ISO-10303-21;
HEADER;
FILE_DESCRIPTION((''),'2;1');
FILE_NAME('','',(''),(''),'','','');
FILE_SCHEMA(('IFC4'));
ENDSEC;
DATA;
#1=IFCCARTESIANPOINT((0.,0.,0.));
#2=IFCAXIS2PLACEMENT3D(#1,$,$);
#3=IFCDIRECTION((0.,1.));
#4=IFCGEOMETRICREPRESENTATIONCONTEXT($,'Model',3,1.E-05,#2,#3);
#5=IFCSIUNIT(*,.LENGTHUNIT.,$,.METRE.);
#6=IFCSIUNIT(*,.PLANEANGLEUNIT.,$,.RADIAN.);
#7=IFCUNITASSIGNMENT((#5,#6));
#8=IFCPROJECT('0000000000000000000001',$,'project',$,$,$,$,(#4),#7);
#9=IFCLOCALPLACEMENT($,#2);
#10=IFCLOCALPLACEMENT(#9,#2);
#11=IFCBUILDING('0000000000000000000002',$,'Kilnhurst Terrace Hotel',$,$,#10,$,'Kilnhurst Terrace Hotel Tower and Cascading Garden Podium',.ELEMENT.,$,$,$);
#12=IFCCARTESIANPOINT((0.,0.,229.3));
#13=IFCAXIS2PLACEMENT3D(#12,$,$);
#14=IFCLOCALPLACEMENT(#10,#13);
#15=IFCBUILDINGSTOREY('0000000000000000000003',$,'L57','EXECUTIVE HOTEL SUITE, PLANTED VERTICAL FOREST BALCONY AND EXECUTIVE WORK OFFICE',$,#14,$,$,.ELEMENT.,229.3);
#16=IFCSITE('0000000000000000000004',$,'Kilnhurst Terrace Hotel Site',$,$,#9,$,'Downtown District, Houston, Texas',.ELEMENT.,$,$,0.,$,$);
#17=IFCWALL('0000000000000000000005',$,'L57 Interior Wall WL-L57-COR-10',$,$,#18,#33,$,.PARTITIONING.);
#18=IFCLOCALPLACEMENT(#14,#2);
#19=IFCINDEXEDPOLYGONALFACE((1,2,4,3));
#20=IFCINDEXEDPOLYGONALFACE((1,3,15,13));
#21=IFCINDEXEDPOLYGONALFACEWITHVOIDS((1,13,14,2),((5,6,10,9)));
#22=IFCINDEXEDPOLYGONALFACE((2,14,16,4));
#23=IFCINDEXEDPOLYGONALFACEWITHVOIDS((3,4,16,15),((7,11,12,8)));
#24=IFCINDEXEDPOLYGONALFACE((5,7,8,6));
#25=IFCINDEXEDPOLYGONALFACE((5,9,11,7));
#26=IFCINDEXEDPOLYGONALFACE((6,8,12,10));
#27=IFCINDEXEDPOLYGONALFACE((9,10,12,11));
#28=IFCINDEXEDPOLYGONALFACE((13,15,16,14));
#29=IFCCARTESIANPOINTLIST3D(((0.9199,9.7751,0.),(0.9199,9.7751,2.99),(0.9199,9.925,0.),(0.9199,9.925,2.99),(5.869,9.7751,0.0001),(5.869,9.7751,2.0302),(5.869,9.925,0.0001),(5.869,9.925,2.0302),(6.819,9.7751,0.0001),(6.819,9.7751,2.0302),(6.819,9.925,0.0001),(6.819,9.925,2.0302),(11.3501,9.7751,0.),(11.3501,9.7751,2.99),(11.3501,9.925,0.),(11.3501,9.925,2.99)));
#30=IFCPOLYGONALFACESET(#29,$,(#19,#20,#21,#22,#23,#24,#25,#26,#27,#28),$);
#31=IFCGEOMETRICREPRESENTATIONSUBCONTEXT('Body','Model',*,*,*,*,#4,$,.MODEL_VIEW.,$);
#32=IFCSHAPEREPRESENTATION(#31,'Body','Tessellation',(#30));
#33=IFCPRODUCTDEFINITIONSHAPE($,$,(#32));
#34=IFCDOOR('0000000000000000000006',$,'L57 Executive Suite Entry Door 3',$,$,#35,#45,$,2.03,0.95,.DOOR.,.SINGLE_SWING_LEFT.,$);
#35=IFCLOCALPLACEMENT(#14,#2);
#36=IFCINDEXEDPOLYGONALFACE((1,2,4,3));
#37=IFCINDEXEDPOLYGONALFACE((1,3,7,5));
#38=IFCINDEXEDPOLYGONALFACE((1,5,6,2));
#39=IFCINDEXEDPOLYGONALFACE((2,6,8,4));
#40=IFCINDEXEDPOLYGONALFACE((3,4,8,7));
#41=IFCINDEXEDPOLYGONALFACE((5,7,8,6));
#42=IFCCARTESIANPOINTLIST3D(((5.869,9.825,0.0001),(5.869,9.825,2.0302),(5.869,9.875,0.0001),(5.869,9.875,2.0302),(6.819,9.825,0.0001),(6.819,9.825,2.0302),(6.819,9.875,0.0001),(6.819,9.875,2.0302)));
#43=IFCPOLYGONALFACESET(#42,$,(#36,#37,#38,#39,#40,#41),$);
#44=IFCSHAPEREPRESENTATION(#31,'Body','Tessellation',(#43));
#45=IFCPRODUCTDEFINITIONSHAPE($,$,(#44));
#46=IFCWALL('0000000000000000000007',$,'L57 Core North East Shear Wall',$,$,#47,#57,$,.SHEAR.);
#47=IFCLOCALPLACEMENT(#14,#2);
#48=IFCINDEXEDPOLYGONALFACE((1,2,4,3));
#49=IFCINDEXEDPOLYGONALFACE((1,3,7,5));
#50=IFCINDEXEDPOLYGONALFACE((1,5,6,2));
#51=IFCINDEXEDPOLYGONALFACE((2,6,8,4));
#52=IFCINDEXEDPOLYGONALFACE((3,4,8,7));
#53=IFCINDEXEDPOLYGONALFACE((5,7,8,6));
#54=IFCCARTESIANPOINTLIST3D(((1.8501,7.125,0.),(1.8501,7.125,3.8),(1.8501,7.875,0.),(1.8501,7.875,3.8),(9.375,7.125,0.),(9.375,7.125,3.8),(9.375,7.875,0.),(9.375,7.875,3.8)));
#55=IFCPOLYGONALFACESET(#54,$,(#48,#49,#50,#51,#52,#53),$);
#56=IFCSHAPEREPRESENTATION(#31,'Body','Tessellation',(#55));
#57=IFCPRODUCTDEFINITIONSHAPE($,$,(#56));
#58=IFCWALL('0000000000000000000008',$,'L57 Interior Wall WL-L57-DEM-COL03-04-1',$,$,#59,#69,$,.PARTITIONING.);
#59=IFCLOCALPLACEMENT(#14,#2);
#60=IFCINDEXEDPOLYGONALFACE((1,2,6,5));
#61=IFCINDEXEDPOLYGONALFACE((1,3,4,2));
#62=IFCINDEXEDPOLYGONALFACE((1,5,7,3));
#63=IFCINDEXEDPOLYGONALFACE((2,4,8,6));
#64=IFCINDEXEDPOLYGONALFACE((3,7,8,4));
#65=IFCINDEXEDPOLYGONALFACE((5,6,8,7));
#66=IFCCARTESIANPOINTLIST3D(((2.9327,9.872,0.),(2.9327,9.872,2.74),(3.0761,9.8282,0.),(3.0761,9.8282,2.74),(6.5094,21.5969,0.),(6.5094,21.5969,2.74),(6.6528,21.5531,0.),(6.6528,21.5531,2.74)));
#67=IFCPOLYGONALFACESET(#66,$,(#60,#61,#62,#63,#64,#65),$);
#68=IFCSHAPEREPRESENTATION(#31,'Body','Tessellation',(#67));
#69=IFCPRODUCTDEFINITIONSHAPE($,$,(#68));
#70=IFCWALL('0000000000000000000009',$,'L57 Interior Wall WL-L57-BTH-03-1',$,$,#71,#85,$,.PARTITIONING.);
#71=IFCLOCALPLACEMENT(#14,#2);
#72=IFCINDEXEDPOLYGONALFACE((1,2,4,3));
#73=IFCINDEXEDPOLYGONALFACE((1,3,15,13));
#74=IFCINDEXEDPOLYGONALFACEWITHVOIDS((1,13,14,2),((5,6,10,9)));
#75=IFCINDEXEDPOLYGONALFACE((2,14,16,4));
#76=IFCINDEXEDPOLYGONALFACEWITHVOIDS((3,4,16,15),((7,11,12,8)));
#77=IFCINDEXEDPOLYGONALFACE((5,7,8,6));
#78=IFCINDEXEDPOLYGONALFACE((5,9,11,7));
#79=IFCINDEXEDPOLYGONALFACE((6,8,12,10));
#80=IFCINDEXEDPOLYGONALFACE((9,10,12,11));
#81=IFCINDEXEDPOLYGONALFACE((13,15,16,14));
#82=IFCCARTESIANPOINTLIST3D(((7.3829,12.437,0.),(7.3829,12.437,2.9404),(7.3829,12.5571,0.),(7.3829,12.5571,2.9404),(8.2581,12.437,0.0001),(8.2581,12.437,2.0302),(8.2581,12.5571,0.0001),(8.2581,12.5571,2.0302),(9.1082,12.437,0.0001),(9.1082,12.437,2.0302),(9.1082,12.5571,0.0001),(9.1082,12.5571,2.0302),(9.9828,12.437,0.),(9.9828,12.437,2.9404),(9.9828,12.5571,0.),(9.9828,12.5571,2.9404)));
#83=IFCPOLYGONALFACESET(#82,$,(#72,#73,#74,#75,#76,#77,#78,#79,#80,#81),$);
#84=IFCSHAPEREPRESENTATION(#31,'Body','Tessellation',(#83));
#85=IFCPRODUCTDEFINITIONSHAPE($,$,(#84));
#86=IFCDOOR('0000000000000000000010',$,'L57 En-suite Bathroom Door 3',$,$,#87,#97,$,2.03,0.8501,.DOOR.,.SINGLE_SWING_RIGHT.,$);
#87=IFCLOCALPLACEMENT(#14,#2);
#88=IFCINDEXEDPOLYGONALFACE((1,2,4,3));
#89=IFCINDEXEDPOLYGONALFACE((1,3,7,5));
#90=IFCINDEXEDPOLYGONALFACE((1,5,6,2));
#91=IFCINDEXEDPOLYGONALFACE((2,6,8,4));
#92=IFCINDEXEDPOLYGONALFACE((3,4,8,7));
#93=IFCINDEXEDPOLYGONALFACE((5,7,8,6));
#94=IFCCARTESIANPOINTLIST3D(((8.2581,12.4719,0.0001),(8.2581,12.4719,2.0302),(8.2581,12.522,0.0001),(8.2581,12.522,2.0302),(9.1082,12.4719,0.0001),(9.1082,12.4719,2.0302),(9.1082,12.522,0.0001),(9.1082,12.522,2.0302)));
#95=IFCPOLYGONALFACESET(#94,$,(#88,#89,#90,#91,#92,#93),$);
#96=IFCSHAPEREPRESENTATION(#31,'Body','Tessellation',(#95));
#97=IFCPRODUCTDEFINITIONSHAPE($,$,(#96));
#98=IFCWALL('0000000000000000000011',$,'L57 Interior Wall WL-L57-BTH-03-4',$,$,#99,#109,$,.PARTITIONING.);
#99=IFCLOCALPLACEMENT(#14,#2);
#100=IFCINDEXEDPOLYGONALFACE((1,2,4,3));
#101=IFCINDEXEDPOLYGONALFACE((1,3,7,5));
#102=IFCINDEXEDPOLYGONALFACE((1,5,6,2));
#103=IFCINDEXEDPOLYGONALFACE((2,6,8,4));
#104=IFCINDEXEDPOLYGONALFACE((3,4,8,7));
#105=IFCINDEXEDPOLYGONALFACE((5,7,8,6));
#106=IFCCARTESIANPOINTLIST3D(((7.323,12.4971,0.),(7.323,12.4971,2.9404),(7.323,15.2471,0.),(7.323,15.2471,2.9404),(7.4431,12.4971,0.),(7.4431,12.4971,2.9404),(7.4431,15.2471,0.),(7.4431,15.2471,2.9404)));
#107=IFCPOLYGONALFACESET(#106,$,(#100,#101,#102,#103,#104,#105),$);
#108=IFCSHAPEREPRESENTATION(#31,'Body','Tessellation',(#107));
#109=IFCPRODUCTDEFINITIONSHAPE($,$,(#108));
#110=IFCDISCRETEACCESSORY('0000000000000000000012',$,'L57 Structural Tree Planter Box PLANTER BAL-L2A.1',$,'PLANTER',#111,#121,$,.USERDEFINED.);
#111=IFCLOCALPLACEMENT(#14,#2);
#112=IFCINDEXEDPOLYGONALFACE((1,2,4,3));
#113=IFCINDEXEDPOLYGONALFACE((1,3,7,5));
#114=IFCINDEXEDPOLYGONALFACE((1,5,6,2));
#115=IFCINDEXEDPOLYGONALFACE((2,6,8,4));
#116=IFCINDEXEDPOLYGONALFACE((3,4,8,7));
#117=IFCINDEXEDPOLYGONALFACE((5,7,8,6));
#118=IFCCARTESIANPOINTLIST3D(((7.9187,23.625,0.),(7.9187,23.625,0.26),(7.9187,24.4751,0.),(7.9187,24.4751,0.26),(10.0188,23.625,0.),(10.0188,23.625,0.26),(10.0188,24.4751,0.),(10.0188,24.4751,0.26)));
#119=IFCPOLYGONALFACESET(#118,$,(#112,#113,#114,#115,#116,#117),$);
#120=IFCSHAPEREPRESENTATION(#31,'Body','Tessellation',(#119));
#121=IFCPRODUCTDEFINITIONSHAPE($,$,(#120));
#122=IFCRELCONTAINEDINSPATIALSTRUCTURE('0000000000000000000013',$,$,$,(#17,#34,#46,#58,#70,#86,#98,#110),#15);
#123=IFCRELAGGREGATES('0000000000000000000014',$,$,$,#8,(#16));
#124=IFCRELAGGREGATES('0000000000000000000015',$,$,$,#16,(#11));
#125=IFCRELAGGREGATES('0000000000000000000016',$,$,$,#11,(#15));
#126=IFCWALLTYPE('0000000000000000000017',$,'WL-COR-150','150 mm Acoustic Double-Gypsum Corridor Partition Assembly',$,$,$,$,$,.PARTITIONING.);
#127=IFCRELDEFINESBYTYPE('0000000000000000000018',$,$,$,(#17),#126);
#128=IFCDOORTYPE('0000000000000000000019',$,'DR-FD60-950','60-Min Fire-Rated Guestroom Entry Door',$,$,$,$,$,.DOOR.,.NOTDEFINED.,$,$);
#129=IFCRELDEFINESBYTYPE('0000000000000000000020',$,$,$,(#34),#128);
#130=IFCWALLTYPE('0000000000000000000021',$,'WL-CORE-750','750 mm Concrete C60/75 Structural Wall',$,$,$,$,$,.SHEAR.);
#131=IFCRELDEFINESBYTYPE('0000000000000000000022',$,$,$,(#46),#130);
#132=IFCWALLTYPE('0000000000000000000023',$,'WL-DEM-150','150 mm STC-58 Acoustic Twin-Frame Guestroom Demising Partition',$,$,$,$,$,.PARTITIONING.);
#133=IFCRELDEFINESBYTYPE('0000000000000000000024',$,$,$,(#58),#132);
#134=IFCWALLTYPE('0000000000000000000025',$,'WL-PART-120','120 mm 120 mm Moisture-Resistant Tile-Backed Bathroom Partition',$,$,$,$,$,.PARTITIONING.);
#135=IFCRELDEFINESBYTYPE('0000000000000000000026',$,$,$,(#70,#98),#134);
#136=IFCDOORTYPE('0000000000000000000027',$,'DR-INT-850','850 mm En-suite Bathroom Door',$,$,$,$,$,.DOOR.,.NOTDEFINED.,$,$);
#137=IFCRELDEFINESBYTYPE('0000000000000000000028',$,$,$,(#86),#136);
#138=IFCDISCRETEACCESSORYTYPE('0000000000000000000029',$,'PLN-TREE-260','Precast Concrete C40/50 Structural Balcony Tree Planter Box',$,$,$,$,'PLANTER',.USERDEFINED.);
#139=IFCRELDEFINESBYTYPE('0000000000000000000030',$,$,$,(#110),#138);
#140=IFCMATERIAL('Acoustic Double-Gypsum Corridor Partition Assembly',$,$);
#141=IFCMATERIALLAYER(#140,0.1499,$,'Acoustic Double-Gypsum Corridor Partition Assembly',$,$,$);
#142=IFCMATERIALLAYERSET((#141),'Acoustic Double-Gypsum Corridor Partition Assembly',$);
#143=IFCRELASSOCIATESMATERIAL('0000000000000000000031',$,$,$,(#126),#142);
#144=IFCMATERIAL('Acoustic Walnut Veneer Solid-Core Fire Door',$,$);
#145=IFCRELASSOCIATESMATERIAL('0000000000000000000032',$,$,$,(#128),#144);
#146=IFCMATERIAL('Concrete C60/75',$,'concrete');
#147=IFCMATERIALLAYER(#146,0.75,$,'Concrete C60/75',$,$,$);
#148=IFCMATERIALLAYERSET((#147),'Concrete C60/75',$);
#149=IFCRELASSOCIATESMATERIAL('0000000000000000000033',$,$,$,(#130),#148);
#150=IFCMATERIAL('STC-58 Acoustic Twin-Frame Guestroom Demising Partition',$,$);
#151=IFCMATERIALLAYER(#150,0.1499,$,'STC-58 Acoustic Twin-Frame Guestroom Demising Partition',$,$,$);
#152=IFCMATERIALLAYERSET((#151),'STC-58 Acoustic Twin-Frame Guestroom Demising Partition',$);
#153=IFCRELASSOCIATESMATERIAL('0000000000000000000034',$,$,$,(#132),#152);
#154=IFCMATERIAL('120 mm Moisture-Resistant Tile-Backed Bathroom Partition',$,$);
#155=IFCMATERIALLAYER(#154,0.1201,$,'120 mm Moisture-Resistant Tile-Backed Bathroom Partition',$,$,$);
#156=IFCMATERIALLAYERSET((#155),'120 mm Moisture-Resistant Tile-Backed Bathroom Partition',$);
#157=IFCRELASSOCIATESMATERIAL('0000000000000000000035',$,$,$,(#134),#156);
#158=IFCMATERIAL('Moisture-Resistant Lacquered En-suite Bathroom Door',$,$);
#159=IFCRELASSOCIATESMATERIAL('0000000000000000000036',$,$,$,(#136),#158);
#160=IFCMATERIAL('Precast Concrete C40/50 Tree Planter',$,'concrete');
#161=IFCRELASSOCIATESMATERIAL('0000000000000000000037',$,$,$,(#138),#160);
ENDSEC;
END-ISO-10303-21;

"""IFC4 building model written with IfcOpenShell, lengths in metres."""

from ifc_helpers import new_model, si_unit, direction, frame, frame_2d, origin, origin_2d, place, context, subcontext, project, spatial, rectangle, extrude, material, layer, layer_set, type_object, element, fill, save


model = new_model("IFC4")

# Units and contexts
model_context = context("Model", 3, precision=1e-05, world=origin(), true_north=direction((0.0, 1.0)))
body_context = subcontext(model_context, "Body", "Model", "MODEL_VIEW")
ifc_project = project(units=[si_unit("LENGTHUNIT", "METRE"), si_unit("PLANEANGLEUNIT", "RADIAN")], contexts=[model_context])

# Site, building, storey
site_placement = place(None, origin())
site = spatial("IfcSite", under=ifc_project, at=site_placement, Name="Kilnhurst Terrace Hotel Site", LongName="Downtown District, Houston, Texas", CompositionType="ELEMENT", RefElevation=0.0)
building_placement = place(site_placement, origin())
building = spatial("IfcBuilding", under=site, at=building_placement, Name="Kilnhurst Terrace Hotel", LongName="Kilnhurst Terrace Hotel Tower and Cascading Garden Podium", CompositionType="ELEMENT")
storey_placement = place(building_placement, frame((0.0, 0.0, 229.3)))
storey = spatial("IfcBuildingStorey", under=building, at=storey_placement, Name="L57", Description="EXECUTIVE HOTEL SUITE, PLANTED VERTICAL FOREST BALCONY AND EXECUTIVE WORK OFFICE", CompositionType="ELEMENT", Elevation=229.3)

# Shared definitions
ifc_material_1 = material(Name="Concrete C60/75", Category="concrete")

# Shared definitions
ifc_material_2 = material(Name="Acoustic Double-Gypsum Corridor Partition Assembly")
ifc_layer_1 = layer(ifc_material_2, 0.1499, Name="Acoustic Double-Gypsum Corridor Partition Assembly")
ifc_layer_set_1 = layer_set([ifc_layer_1], Name="Acoustic Double-Gypsum Corridor Partition Assembly")
wall_type_1 = type_object("IfcWallType", Name="WL-COR-150", Description="150 mm Acoustic Double-Gypsum Corridor Partition Assembly", PredefinedType="PARTITIONING", material=ifc_layer_set_1)

# Wall, opening, door
wall_1_placement = place(storey_placement, frame((0.9199, 9.8501, 0.0), z_axis=(0.0, 0.0, 1.0), x_axis=(1.0, 0.0, 0.0)))
wall_1 = element("IfcWall", 1, at=wall_1_placement, inside=storey, type_object=wall_type_1, Name="L57 Interior Wall WL-L57-COR-10", PredefinedType="PARTITIONING", context=body_context, shape_type="SweptSolid", body=[
    extrude(rectangle(XDim=10.4302, YDim=0.1499, at=frame_2d((5.2151, 0.0))), origin(), (0.0, 0.0, 1.0), 2.99),
])
opening_1_placement = place(wall_1_placement, frame((4.949, 0.0, 0.0)))
opening_1 = element("IfcOpeningElement", 2, at=opening_1_placement, cuts=wall_1, PredefinedType="OPENING", context=body_context, shape_type="SweptSolid", body=[
    extrude(rectangle(XDim=0.95, YDim=2.03, at=frame_2d((0.4751, 1.0151))), frame((0.0, 0.085, 0.0), z_axis=(0.0, -1.0, 0.0), x_axis=(1.0, 0.0, 0.0)), (0.0, 0.0, 1.0), 0.1699),
])
ifc_material_3 = material(Name="Acoustic Walnut Veneer Solid-Core Fire Door")
door_type_1 = type_object("IfcDoorType", Name="DR-FD60-950", Description="60-Min Fire-Rated Guestroom Entry Door", OperationType="NOTDEFINED", PredefinedType="DOOR", material=ifc_material_3)
door_1_placement = place(opening_1_placement, origin())
door_1 = element("IfcDoor", 3, at=door_1_placement, inside=storey, type_object=door_type_1, Name="L57 Executive Suite Entry Door 3", OperationType="SINGLE_SWING_LEFT", OverallHeight=2.03, OverallWidth=0.95, PredefinedType="DOOR", context=body_context, shape_type="SweptSolid", body=[
    extrude(rectangle(XDim=0.95, YDim=2.03, at=frame_2d((0.4751, 1.0151))), frame((0.0, 0.0249, 0.0), z_axis=(0.0, -1.0, 0.0), x_axis=(1.0, 0.0, 0.0)), (0.0, 0.0, 1.0), 0.05),
])
fill(opening_1, door_1)

# Walls
ifc_layer_2 = layer(ifc_material_1, 0.75, Name="Concrete C60/75")
ifc_layer_set_2 = layer_set([ifc_layer_2], Name="Concrete C60/75")
wall_type_2 = type_object("IfcWallType", Name="WL-CORE-750", Description="750 mm Concrete C60/75 Structural Wall", PredefinedType="SHEAR", material=ifc_layer_set_2)
wall_2_placement = place(storey_placement, frame((1.8501, 7.5, 0.0), z_axis=(0.0, 0.0, 1.0), x_axis=(1.0, 0.0, 0.0)))
element("IfcWall", 4, at=wall_2_placement, inside=storey, type_object=wall_type_2, Name="L57 Core North East Shear Wall", PredefinedType="SHEAR", context=body_context, shape_type="SweptSolid", body=[
    extrude(rectangle(XDim=7.5249, YDim=0.75, at=frame_2d((3.7625, 0.0))), origin(), (0.0, 0.0, 1.0), 3.8),
])
ifc_material_4 = material(Name="STC-58 Acoustic Twin-Frame Guestroom Demising Partition")
ifc_layer_3 = layer(ifc_material_4, 0.1499, Name="STC-58 Acoustic Twin-Frame Guestroom Demising Partition")
ifc_layer_set_3 = layer_set([ifc_layer_3], Name="STC-58 Acoustic Twin-Frame Guestroom Demising Partition")
wall_type_3 = type_object("IfcWallType", Name="WL-DEM-150", Description="150 mm STC-58 Acoustic Twin-Frame Guestroom Demising Partition", PredefinedType="PARTITIONING", material=ifc_layer_set_3)
wall_3_placement = place(storey_placement, frame((3.0044, 9.8501, 0.0), z_axis=(0.0, 0.0, 1.0), x_axis=(0.291776, 0.956487, 0.0)))
element("IfcWall", 5, at=wall_3_placement, inside=storey, type_object=wall_type_3, Name="L57 Interior Wall WL-L57-DEM-COL03-04-1", PredefinedType="PARTITIONING", context=body_context, shape_type="SweptSolid", body=[
    extrude(rectangle(XDim=12.2583, YDim=0.1499, at=frame_2d((6.1292, 0.0))), origin(), (0.0, 0.0, 1.0), 2.74),
])

# Wall, opening, door
ifc_material_5 = material(Name="120 mm Moisture-Resistant Tile-Backed Bathroom Partition")
ifc_layer_4 = layer(ifc_material_5, 0.1201, Name="120 mm Moisture-Resistant Tile-Backed Bathroom Partition")
ifc_layer_set_4 = layer_set([ifc_layer_4], Name="120 mm Moisture-Resistant Tile-Backed Bathroom Partition")
wall_type_4 = type_object("IfcWallType", Name="WL-PART-120", Description="120 mm 120 mm Moisture-Resistant Tile-Backed Bathroom Partition", PredefinedType="PARTITIONING", material=ifc_layer_set_4)
wall_4_placement = place(storey_placement, frame((7.3831, 12.4971, 0.0), z_axis=(0.0, 0.0, 1.0), x_axis=(1.0, 0.0, 0.0)))
wall_4 = element("IfcWall", 6, at=wall_4_placement, inside=storey, type_object=wall_type_4, Name="L57 Interior Wall WL-L57-BTH-03-1", PredefinedType="PARTITIONING", context=body_context, shape_type="SweptSolid", body=[
    extrude(rectangle(XDim=2.5999, YDim=0.1201, at=frame_2d((1.2998, 0.0))), origin(), (0.0, 0.0, 1.0), 2.9404),
])
opening_2_placement = place(wall_4_placement, frame((0.875, 0.0, 0.0)))
opening_2 = element("IfcOpeningElement", 7, at=opening_2_placement, cuts=wall_4, PredefinedType="OPENING", context=body_context, shape_type="SweptSolid", body=[
    extrude(rectangle(XDim=0.8501, YDim=2.03, at=frame_2d((0.425, 1.0151))), frame((0.0, 0.0701, 0.0), z_axis=(0.0, -1.0, 0.0), x_axis=(1.0, 0.0, 0.0)), (0.0, 0.0, 1.0), 0.1401),
])
ifc_material_6 = material(Name="Moisture-Resistant Lacquered En-suite Bathroom Door")
door_type_2 = type_object("IfcDoorType", Name="DR-INT-850", Description="850 mm En-suite Bathroom Door", OperationType="NOTDEFINED", PredefinedType="DOOR", material=ifc_material_6)
door_2_placement = place(opening_2_placement, origin())
door_2 = element("IfcDoor", 8, at=door_2_placement, inside=storey, type_object=door_type_2, Name="L57 En-suite Bathroom Door 3", OperationType="SINGLE_SWING_RIGHT", OverallHeight=2.03, OverallWidth=0.8501, PredefinedType="DOOR", context=body_context, shape_type="SweptSolid", body=[
    extrude(rectangle(XDim=0.8501, YDim=2.03, at=frame_2d((0.425, 1.0151))), frame((0.0, 0.0249, 0.0), z_axis=(0.0, -1.0, 0.0), x_axis=(1.0, 0.0, 0.0)), (0.0, 0.0, 1.0), 0.05),
])
fill(opening_2, door_2)

# Wall
wall_5_placement = place(storey_placement, frame((7.3831, 15.2471, 0.0), z_axis=(0.0, 0.0, 1.0), x_axis=(0.0, -1.0, 0.0)))
element("IfcWall", 9, at=wall_5_placement, inside=storey, type_object=wall_type_4, Name="L57 Interior Wall WL-L57-BTH-03-4", PredefinedType="PARTITIONING", context=body_context, shape_type="SweptSolid", body=[
    extrude(rectangle(XDim=2.75, YDim=0.1201, at=frame_2d((1.375, 0.0))), origin(), (0.0, 0.0, 1.0), 2.9404),
])

# Discrete accessory
ifc_material_7 = material(Name="Precast Concrete C40/50 Tree Planter", Category="concrete")
discrete_accessory_type = type_object("IfcDiscreteAccessoryType", Name="PLN-TREE-260", Description="Precast Concrete C40/50 Structural Balcony Tree Planter Box", ElementType="PLANTER", PredefinedType="USERDEFINED", material=ifc_material_7)
discrete_accessory_placement = place(storey_placement, frame((8.9688, 24.05, 0.0), z_axis=(0.0, 0.0, 1.0), x_axis=(-1.0, 0.0, 0.0)))
element("IfcDiscreteAccessory", 10, at=discrete_accessory_placement, inside=storey, type_object=discrete_accessory_type, Name="L57 Structural Tree Planter Box PLANTER BAL-L2A.1", ObjectType="PLANTER", PredefinedType="USERDEFINED", context=body_context, shape_type="SweptSolid", body=[
    extrude(rectangle(XDim=2.1001, YDim=0.8501, at=origin_2d()), origin(), (0.0, 0.0, 1.0), 0.26),
])

save(model, "model.ifc")
